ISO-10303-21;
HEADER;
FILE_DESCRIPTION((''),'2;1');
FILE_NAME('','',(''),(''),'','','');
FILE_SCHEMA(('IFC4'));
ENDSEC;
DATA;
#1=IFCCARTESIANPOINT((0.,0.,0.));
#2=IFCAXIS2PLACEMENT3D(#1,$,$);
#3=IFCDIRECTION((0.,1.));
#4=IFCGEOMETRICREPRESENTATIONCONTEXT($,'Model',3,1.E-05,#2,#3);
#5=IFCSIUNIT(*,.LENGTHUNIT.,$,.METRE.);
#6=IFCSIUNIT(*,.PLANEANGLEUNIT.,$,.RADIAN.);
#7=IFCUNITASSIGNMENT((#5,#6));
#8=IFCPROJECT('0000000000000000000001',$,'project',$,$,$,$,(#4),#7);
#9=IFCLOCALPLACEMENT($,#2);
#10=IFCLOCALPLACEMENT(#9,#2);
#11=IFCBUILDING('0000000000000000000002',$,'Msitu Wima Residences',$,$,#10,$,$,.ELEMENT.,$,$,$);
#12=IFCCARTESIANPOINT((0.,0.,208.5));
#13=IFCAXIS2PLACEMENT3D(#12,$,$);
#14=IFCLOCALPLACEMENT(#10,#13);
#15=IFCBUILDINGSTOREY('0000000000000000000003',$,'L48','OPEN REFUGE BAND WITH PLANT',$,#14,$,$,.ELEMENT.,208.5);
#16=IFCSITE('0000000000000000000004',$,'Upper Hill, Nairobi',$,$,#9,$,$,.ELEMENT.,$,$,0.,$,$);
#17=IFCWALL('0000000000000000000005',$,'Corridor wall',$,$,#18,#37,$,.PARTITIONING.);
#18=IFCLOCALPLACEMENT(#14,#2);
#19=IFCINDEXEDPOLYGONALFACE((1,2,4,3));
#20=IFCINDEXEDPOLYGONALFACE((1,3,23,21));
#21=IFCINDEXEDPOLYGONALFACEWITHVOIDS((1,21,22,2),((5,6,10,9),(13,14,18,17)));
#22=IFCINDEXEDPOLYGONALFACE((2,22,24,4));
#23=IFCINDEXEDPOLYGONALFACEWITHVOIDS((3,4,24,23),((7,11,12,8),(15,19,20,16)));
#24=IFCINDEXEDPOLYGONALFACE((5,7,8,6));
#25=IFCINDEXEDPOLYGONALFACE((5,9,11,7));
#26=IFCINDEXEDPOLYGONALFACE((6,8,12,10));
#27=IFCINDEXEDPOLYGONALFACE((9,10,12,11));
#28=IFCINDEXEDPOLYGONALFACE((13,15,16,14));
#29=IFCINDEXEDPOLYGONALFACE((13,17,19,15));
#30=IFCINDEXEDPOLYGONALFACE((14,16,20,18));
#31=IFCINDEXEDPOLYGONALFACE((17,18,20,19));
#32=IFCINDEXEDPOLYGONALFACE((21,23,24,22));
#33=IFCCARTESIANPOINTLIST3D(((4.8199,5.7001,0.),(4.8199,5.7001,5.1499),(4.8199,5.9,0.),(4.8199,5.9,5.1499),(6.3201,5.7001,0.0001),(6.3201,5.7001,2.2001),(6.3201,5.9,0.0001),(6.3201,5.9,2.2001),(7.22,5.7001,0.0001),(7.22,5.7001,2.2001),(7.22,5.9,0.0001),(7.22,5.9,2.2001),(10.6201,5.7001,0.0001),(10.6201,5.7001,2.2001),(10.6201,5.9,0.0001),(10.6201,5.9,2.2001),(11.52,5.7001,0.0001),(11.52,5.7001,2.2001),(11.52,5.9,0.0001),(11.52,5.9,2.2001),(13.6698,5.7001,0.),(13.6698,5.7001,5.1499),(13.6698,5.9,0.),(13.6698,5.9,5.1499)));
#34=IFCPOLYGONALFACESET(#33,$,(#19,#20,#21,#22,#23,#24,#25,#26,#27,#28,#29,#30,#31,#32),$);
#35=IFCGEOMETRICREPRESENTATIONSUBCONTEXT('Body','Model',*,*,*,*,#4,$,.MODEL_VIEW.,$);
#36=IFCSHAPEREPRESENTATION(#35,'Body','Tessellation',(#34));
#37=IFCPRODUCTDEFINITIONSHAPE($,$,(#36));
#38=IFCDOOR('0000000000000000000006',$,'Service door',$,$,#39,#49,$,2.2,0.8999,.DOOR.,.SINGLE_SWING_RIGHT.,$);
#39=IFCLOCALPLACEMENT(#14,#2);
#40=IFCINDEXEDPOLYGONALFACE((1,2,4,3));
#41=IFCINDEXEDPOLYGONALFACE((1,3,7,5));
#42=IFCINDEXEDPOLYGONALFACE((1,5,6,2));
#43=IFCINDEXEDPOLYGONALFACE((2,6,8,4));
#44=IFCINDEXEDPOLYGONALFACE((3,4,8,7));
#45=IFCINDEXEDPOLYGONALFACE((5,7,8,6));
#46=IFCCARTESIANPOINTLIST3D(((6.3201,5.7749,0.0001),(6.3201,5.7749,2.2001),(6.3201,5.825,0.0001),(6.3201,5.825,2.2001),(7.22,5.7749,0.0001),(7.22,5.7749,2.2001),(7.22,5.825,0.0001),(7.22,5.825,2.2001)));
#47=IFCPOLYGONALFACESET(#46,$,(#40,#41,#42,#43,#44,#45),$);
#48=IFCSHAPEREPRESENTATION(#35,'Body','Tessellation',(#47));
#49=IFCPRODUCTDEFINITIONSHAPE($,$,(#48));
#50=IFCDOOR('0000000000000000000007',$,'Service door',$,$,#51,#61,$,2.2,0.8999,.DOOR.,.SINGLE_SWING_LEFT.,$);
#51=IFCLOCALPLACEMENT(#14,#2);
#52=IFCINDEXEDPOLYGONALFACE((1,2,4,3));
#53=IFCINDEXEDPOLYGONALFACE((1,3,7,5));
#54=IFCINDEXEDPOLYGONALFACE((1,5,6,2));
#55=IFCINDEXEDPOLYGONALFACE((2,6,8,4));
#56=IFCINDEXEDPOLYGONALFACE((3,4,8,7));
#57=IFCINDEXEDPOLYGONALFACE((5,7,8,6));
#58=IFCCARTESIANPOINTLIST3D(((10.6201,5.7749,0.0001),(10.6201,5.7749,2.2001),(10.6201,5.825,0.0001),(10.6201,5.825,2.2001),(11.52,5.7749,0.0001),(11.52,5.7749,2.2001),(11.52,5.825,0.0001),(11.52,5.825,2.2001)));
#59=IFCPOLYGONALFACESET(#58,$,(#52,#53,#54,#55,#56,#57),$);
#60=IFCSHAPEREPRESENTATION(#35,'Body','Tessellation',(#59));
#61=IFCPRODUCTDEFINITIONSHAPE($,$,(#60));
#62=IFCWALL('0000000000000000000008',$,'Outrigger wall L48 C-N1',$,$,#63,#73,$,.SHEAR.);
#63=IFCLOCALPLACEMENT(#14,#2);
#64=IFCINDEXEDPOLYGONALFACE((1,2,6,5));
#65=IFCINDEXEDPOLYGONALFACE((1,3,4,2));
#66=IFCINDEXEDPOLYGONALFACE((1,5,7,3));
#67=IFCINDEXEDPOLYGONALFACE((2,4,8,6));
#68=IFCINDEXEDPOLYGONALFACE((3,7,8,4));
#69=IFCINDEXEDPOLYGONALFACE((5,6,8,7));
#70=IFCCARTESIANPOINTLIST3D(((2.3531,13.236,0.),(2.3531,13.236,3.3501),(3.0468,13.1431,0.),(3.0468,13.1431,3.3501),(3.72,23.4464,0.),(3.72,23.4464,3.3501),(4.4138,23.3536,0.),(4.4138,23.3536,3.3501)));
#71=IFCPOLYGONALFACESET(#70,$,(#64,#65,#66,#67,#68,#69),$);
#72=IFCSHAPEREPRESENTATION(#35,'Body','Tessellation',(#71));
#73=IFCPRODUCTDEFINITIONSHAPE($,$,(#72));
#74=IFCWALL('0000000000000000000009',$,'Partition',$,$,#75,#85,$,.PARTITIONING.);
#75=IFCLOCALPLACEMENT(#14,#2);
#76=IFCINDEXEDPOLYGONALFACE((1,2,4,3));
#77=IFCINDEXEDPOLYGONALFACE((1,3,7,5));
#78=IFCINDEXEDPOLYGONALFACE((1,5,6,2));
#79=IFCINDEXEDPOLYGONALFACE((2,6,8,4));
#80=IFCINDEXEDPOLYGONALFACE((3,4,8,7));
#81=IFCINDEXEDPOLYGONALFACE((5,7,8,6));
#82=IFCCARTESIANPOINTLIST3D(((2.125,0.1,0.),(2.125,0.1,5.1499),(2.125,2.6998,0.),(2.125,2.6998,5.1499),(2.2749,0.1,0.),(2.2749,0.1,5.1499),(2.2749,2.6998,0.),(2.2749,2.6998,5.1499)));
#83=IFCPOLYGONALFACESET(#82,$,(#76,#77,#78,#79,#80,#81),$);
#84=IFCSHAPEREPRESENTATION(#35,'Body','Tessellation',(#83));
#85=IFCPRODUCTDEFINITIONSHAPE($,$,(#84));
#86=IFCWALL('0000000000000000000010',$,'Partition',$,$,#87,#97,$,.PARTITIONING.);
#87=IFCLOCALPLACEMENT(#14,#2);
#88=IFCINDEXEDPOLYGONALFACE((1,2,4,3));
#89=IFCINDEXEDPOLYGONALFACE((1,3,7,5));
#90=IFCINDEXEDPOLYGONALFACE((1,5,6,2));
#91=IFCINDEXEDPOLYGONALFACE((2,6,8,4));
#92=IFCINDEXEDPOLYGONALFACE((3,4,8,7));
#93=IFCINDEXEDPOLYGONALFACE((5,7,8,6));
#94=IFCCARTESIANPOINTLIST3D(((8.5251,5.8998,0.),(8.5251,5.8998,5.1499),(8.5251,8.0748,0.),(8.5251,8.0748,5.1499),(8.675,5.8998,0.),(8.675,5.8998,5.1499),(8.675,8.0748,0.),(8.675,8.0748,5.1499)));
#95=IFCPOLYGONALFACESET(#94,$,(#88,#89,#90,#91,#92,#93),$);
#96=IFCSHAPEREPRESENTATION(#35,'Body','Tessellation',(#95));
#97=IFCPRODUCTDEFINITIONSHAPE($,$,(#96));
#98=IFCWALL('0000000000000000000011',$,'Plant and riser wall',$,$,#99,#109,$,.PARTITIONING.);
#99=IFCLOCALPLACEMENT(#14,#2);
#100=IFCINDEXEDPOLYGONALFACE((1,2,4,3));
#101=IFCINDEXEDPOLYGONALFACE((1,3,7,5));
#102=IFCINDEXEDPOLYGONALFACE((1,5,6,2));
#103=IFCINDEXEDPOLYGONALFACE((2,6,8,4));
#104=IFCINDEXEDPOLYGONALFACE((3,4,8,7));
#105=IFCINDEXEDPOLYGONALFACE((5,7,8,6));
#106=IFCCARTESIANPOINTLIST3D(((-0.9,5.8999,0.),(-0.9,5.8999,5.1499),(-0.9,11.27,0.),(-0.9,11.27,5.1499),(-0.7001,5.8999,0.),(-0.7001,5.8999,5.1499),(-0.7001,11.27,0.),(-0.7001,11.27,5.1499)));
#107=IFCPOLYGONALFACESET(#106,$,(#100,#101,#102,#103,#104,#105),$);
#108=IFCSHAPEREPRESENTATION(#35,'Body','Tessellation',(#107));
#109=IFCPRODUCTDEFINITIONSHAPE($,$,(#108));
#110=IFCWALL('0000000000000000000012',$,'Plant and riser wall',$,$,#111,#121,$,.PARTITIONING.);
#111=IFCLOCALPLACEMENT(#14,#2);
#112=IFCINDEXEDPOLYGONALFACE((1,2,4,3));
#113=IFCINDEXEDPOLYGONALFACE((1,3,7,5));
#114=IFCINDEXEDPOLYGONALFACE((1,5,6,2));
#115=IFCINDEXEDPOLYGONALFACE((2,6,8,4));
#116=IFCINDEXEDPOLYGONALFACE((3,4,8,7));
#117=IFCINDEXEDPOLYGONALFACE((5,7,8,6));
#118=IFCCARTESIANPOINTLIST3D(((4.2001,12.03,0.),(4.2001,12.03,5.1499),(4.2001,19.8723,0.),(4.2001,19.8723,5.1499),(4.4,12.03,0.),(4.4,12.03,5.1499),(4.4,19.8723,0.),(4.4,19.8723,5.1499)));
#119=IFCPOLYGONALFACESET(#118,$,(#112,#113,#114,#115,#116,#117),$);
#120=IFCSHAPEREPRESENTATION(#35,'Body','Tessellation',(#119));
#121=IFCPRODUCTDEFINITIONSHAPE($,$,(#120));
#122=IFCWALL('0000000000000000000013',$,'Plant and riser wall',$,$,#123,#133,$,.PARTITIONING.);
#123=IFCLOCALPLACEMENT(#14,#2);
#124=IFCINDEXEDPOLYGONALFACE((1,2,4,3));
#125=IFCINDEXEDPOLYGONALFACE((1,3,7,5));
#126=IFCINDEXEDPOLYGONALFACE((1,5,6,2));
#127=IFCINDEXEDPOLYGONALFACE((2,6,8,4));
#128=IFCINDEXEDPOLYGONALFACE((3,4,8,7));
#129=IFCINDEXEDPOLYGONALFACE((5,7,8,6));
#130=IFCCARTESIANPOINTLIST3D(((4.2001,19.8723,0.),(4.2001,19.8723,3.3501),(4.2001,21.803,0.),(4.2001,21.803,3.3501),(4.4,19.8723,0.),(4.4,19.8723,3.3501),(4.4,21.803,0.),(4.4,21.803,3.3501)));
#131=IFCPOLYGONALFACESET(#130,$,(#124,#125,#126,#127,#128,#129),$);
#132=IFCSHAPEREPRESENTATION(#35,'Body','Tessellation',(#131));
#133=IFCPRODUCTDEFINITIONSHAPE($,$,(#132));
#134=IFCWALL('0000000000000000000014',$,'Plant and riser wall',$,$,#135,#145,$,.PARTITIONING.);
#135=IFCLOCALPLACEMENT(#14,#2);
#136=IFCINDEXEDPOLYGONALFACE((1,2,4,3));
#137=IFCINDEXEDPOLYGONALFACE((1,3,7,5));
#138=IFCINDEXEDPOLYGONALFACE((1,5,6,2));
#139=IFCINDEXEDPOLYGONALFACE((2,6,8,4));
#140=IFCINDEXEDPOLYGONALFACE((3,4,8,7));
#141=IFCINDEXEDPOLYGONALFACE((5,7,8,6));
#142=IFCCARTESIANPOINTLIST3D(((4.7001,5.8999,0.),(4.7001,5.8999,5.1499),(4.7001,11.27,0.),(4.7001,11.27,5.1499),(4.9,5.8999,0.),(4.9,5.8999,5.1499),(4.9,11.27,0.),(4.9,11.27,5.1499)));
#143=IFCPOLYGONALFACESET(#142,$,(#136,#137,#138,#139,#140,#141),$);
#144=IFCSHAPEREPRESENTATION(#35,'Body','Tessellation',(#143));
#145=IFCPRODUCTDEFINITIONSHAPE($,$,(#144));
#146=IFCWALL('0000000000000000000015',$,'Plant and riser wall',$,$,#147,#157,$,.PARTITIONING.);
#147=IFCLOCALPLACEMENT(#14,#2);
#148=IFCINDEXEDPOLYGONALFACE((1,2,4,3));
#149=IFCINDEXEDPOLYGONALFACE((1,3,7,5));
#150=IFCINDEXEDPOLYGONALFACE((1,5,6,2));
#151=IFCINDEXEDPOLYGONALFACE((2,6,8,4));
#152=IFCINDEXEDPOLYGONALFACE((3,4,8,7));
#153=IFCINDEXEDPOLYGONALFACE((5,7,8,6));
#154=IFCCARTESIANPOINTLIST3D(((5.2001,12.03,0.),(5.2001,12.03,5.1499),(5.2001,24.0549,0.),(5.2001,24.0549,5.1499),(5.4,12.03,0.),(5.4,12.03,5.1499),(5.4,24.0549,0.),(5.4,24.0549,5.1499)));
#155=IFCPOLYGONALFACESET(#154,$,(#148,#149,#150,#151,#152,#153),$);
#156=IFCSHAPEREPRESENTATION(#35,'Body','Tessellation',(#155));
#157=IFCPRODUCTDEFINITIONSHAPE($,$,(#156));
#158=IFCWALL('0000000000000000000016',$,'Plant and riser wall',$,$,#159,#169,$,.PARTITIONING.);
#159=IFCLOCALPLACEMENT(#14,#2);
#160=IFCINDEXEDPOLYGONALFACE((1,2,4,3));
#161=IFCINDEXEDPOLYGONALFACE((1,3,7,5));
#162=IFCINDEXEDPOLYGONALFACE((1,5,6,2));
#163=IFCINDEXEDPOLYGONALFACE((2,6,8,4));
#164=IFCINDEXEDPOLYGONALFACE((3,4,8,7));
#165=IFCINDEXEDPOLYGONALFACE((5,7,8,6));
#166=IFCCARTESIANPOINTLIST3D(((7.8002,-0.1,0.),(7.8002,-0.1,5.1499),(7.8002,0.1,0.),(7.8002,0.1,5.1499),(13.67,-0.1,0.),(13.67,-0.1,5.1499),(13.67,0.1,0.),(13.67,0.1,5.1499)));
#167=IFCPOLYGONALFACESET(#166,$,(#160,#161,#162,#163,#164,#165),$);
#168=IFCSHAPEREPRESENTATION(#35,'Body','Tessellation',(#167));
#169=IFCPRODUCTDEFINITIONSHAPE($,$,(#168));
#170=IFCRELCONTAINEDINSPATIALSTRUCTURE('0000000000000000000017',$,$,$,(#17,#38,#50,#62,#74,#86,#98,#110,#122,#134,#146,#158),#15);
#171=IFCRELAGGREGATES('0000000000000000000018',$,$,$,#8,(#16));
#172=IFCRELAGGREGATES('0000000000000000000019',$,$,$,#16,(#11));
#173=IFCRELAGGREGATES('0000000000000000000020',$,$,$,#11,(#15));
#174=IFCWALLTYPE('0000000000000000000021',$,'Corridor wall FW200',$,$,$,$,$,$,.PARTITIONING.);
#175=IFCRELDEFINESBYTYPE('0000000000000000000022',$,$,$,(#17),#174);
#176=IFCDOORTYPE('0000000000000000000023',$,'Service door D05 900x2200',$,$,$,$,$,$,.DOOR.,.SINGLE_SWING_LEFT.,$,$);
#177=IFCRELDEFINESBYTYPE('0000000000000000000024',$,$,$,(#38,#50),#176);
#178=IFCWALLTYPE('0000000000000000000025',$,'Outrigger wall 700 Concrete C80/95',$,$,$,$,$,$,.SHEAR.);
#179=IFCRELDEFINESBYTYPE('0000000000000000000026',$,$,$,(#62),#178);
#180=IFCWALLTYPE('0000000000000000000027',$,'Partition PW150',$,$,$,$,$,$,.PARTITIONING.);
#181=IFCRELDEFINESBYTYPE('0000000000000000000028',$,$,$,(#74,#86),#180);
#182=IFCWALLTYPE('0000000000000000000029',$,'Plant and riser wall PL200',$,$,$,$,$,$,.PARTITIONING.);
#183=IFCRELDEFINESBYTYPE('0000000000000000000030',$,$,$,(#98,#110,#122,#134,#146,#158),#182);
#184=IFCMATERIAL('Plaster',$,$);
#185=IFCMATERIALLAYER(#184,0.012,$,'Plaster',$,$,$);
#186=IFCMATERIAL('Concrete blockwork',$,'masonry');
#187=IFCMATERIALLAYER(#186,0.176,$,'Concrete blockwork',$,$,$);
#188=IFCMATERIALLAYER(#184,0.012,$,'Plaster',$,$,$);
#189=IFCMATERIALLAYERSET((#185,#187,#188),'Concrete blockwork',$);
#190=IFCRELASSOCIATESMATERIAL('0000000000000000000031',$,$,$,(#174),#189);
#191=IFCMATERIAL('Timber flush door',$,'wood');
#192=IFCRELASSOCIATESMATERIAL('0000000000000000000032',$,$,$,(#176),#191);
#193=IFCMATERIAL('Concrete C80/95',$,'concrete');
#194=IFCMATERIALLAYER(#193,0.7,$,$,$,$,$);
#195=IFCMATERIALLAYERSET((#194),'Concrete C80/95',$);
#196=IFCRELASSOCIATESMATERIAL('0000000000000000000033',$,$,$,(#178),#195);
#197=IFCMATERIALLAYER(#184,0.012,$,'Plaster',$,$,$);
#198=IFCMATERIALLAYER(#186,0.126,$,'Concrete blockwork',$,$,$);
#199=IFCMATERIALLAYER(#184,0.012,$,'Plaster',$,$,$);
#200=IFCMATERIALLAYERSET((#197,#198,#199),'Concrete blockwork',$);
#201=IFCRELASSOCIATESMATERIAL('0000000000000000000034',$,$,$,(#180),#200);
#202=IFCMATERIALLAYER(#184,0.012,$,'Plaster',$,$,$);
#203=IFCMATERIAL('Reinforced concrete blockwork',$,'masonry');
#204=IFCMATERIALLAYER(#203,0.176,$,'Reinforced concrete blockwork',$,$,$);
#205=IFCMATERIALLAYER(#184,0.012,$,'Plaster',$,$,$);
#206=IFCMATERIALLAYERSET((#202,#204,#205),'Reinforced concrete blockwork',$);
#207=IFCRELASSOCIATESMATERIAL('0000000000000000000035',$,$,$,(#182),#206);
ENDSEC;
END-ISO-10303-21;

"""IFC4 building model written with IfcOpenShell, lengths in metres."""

from ifc_helpers import new_model, si_unit, direction, frame, frame_2d, origin, place, context, subcontext, project, spatial, rectangle, extrude, material, layer, layer_set, type_object, element, fill, save


model = new_model("IFC4")

# Units and contexts
model_context = context("Model", 3, precision=1e-05, world=origin(), true_north=direction((0.0, 1.0)))
body_context = subcontext(model_context, "Body", "Model", "MODEL_VIEW")
ifc_project = project(units=[si_unit("LENGTHUNIT", "METRE"), si_unit("PLANEANGLEUNIT", "RADIAN")], contexts=[model_context])

# Site, building, storey
site_placement = place(None, origin())
site = spatial("IfcSite", under=ifc_project, at=site_placement, Name="Upper Hill, Nairobi", CompositionType="ELEMENT", RefElevation=0.0)
building_placement = place(site_placement, origin())
building = spatial("IfcBuilding", under=site, at=building_placement, Name="Msitu Wima Residences", CompositionType="ELEMENT")
storey_placement = place(building_placement, frame((0.0, 0.0, 208.5)))
storey = spatial("IfcBuildingStorey", under=building, at=storey_placement, Name="L48", Description="OPEN REFUGE BAND WITH PLANT", CompositionType="ELEMENT", Elevation=208.5)

# Shared definitions
ifc_material_1 = material(Name="Concrete C80/95", Category="concrete")

# Wall, openings, doors
ifc_material_2 = material(Name="Plaster")
ifc_layer_1 = layer(ifc_material_2, 0.012, Name="Plaster")
ifc_material_3 = material(Name="Concrete blockwork", Category="masonry")
ifc_layer_2 = layer(ifc_material_3, 0.176, Name="Concrete blockwork")
ifc_layer_3 = layer(ifc_material_2, 0.012, Name="Plaster")
ifc_layer_set_1 = layer_set([ifc_layer_1, ifc_layer_2, ifc_layer_3], Name="Concrete blockwork")
wall_type_1 = type_object("IfcWallType", Name="Corridor wall FW200", PredefinedType="PARTITIONING", material=ifc_layer_set_1)
wall_1_placement = place(storey_placement, frame((4.8201, 5.8, 0.0), z_axis=(0.0, 0.0, 1.0), x_axis=(1.0, 0.0, 0.0)))
wall_1 = element("IfcWall", 1, at=wall_1_placement, inside=storey, type_object=wall_type_1, Name="Corridor wall", PredefinedType="PARTITIONING", context=body_context, shape_type="SweptSolid", body=[
    extrude(rectangle(XDim=8.8499, YDim=0.2, at=frame_2d((4.4248, 0.0))), origin(), (0.0, 0.0, 1.0), 5.1499),
])
opening_1_placement = place(wall_1_placement, frame((1.5, 0.0, 0.0)))
opening_1 = element("IfcOpeningElement", 2, at=opening_1_placement, cuts=wall_1, PredefinedType="OPENING", context=body_context, shape_type="SweptSolid", body=[
    extrude(rectangle(XDim=0.8999, YDim=2.2, at=frame_2d((0.45, 1.1001))), frame((0.0, 0.1099, 0.0), z_axis=(0.0, -1.0, 0.0), x_axis=(1.0, 0.0, 0.0)), (0.0, 0.0, 1.0), 0.22),
])
opening_2_placement = place(wall_1_placement, frame((5.8, 0.0, 0.0)))
opening_2 = element("IfcOpeningElement", 3, at=opening_2_placement, cuts=wall_1, PredefinedType="OPENING", context=body_context, shape_type="SweptSolid", body=[
    extrude(rectangle(XDim=0.8999, YDim=2.2, at=frame_2d((0.45, 1.1001))), frame((0.0, 0.1099, 0.0), z_axis=(0.0, -1.0, 0.0), x_axis=(1.0, 0.0, 0.0)), (0.0, 0.0, 1.0), 0.22),
])
ifc_material_4 = material(Name="Timber flush door", Category="wood")
door_type_1 = type_object("IfcDoorType", Name="Service door D05 900x2200", OperationType="SINGLE_SWING_LEFT", PredefinedType="DOOR", material=ifc_material_4)
door_1_placement = place(opening_1_placement, origin())
door_1 = element("IfcDoor", 4, at=door_1_placement, inside=storey, type_object=door_type_1, Name="Service door", OperationType="SINGLE_SWING_RIGHT", OverallHeight=2.2, OverallWidth=0.8999, PredefinedType="DOOR", context=body_context, shape_type="SweptSolid", body=[
    extrude(rectangle(XDim=0.8999, YDim=2.2, at=frame_2d((0.45, 1.1001))), frame((0.0, 0.0249, 0.0), z_axis=(0.0, -1.0, 0.0), x_axis=(1.0, 0.0, 0.0)), (0.0, 0.0, 1.0), 0.05),
])
fill(opening_1, door_1)
door_2_placement = place(opening_2_placement, origin())
door_2 = element("IfcDoor", 5, at=door_2_placement, inside=storey, type_object=door_type_1, Name="Service door", OperationType="SINGLE_SWING_LEFT", OverallHeight=2.2, OverallWidth=0.8999, PredefinedType="DOOR", context=body_context, shape_type="SweptSolid", body=[
    extrude(rectangle(XDim=0.8999, YDim=2.2, at=frame_2d((0.45, 1.1001))), frame((0.0, 0.0249, 0.0), z_axis=(0.0, -1.0, 0.0), x_axis=(1.0, 0.0, 0.0)), (0.0, 0.0, 1.0), 0.05),
])
fill(opening_2, door_2)

# Walls
ifc_layer_4 = layer(ifc_material_1, 0.7)
ifc_layer_set_2 = layer_set([ifc_layer_4], Name="Concrete C80/95")
wall_type_2 = type_object("IfcWallType", Name="Outrigger wall 700 Concrete C80/95", PredefinedType="SHEAR", material=ifc_layer_set_2)
wall_2_placement = place(storey_placement, frame((2.7, 13.1895, 0.0), z_axis=(0.0, 0.0, 1.0), x_axis=(0.132693, 0.991157, 0.0)))
element("IfcWall", 6, at=wall_2_placement, inside=storey, type_object=wall_type_2, Name="Outrigger wall L48 C-N1", PredefinedType="SHEAR", context=body_context, shape_type="SweptSolid", body=[
    extrude(rectangle(XDim=10.3015, YDim=0.7, at=frame_2d((5.1509, 0.0))), origin(), (0.0, 0.0, 1.0), 3.3501),
])
ifc_layer_5 = layer(ifc_material_2, 0.012, Name="Plaster")
ifc_layer_6 = layer(ifc_material_3, 0.126, Name="Concrete blockwork")
ifc_layer_7 = layer(ifc_material_2, 0.012, Name="Plaster")
ifc_layer_set_3 = layer_set([ifc_layer_5, ifc_layer_6, ifc_layer_7], Name="Concrete blockwork")
wall_type_3 = type_object("IfcWallType", Name="Partition PW150", PredefinedType="PARTITIONING", material=ifc_layer_set_3)
wall_3_placement = place(storey_placement, frame((2.2, 0.1001, 0.0), z_axis=(0.0, 0.0, 1.0), x_axis=(0.0, 1.0, 0.0)))
element("IfcWall", 7, at=wall_3_placement, inside=storey, type_object=wall_type_3, Name="Partition", PredefinedType="PARTITIONING", context=body_context, shape_type="SweptSolid", body=[
    extrude(rectangle(XDim=2.5999, YDim=0.1499, at=frame_2d((1.2998, 0.0))), origin(), (0.0, 0.0, 1.0), 5.1499),
])
wall_4_placement = place(storey_placement, frame((8.6001, 5.8999, 0.0), z_axis=(0.0, 0.0, 1.0), x_axis=(0.0, 1.0, 0.0)))
element("IfcWall", 8, at=wall_4_placement, inside=storey, type_object=wall_type_3, Name="Partition", PredefinedType="PARTITIONING", context=body_context, shape_type="SweptSolid", body=[
    extrude(rectangle(XDim=2.175, YDim=0.1499, at=frame_2d((1.0874, 0.0))), origin(), (0.0, 0.0, 1.0), 5.1499),
])
ifc_layer_8 = layer(ifc_material_2, 0.012, Name="Plaster")
ifc_material_5 = material(Name="Reinforced concrete blockwork", Category="masonry")
ifc_layer_9 = layer(ifc_material_5, 0.176, Name="Reinforced concrete blockwork")
ifc_layer_10 = layer(ifc_material_2, 0.012, Name="Plaster")
ifc_layer_set_4 = layer_set([ifc_layer_8, ifc_layer_9, ifc_layer_10], Name="Reinforced concrete blockwork")
wall_type_4 = type_object("IfcWallType", Name="Plant and riser wall PL200", PredefinedType="PARTITIONING", material=ifc_layer_set_4)
wall_5_placement = place(storey_placement, frame((-0.8, 5.8999, 0.0), z_axis=(0.0, 0.0, 1.0), x_axis=(0.0, 1.0, 0.0)))
element("IfcWall", 9, at=wall_5_placement, inside=storey, type_object=wall_type_4, Name="Plant and riser wall", PredefinedType="PARTITIONING", context=body_context, shape_type="SweptSolid", body=[
    extrude(rectangle(XDim=5.3701, YDim=0.2, at=frame_2d((2.6851, 0.0))), origin(), (0.0, 0.0, 1.0), 5.1499),
])
wall_6_placement = place(storey_placement, frame((4.3, 12.03, 0.0), z_axis=(0.0, 0.0, 1.0), x_axis=(0.0, 1.0, 0.0)))
element("IfcWall", 10, at=wall_6_placement, inside=storey, type_object=wall_type_4, Name="Plant and riser wall", PredefinedType="PARTITIONING", context=body_context, shape_type="SweptSolid", body=[
    extrude(rectangle(XDim=7.8423, YDim=0.2, at=frame_2d((3.9211, 0.0))), origin(), (0.0, 0.0, 1.0), 5.1499),
])
wall_7_placement = place(storey_placement, frame((4.3, 19.8723, 0.0), z_axis=(0.0, 0.0, 1.0), x_axis=(0.0, 1.0, 0.0)))
element("IfcWall", 11, at=wall_7_placement, inside=storey, type_object=wall_type_4, Name="Plant and riser wall", PredefinedType="PARTITIONING", context=body_context, shape_type="SweptSolid", body=[
    extrude(rectangle(XDim=1.9307, YDim=0.2, at=frame_2d((0.9653, 0.0))), origin(), (0.0, 0.0, 1.0), 3.3501),
])
wall_8_placement = place(storey_placement, frame((4.8, 5.8999, 0.0), z_axis=(0.0, 0.0, 1.0), x_axis=(0.0, 1.0, 0.0)))
element("IfcWall", 12, at=wall_8_placement, inside=storey, type_object=wall_type_4, Name="Plant and riser wall", PredefinedType="PARTITIONING", context=body_context, shape_type="SweptSolid", body=[
    extrude(rectangle(XDim=5.3701, YDim=0.2, at=frame_2d((2.6851, 0.0))), origin(), (0.0, 0.0, 1.0), 5.1499),
])
wall_9_placement = place(storey_placement, frame((5.3, 12.03, 0.0), z_axis=(0.0, 0.0, 1.0), x_axis=(0.0, 1.0, 0.0)))
element("IfcWall", 13, at=wall_9_placement, inside=storey, type_object=wall_type_4, Name="Plant and riser wall", PredefinedType="PARTITIONING", context=body_context, shape_type="SweptSolid", body=[
    extrude(rectangle(XDim=12.0249, YDim=0.2, at=frame_2d((6.0125, 0.0))), origin(), (0.0, 0.0, 1.0), 5.1499),
])
wall_10_placement = place(storey_placement, frame((7.8, 0.0, 0.0), z_axis=(0.0, 0.0, 1.0), x_axis=(1.0, 0.0, 0.0)))
element("IfcWall", 14, at=wall_10_placement, inside=storey, type_object=wall_type_4, Name="Plant and riser wall", PredefinedType="PARTITIONING", context=body_context, shape_type="SweptSolid", body=[
    extrude(rectangle(XDim=5.8699, YDim=0.2, at=frame_2d((2.9351, 0.0))), origin(), (0.0, 0.0, 1.0), 5.1499),
])

save(model, "model.ifc")
